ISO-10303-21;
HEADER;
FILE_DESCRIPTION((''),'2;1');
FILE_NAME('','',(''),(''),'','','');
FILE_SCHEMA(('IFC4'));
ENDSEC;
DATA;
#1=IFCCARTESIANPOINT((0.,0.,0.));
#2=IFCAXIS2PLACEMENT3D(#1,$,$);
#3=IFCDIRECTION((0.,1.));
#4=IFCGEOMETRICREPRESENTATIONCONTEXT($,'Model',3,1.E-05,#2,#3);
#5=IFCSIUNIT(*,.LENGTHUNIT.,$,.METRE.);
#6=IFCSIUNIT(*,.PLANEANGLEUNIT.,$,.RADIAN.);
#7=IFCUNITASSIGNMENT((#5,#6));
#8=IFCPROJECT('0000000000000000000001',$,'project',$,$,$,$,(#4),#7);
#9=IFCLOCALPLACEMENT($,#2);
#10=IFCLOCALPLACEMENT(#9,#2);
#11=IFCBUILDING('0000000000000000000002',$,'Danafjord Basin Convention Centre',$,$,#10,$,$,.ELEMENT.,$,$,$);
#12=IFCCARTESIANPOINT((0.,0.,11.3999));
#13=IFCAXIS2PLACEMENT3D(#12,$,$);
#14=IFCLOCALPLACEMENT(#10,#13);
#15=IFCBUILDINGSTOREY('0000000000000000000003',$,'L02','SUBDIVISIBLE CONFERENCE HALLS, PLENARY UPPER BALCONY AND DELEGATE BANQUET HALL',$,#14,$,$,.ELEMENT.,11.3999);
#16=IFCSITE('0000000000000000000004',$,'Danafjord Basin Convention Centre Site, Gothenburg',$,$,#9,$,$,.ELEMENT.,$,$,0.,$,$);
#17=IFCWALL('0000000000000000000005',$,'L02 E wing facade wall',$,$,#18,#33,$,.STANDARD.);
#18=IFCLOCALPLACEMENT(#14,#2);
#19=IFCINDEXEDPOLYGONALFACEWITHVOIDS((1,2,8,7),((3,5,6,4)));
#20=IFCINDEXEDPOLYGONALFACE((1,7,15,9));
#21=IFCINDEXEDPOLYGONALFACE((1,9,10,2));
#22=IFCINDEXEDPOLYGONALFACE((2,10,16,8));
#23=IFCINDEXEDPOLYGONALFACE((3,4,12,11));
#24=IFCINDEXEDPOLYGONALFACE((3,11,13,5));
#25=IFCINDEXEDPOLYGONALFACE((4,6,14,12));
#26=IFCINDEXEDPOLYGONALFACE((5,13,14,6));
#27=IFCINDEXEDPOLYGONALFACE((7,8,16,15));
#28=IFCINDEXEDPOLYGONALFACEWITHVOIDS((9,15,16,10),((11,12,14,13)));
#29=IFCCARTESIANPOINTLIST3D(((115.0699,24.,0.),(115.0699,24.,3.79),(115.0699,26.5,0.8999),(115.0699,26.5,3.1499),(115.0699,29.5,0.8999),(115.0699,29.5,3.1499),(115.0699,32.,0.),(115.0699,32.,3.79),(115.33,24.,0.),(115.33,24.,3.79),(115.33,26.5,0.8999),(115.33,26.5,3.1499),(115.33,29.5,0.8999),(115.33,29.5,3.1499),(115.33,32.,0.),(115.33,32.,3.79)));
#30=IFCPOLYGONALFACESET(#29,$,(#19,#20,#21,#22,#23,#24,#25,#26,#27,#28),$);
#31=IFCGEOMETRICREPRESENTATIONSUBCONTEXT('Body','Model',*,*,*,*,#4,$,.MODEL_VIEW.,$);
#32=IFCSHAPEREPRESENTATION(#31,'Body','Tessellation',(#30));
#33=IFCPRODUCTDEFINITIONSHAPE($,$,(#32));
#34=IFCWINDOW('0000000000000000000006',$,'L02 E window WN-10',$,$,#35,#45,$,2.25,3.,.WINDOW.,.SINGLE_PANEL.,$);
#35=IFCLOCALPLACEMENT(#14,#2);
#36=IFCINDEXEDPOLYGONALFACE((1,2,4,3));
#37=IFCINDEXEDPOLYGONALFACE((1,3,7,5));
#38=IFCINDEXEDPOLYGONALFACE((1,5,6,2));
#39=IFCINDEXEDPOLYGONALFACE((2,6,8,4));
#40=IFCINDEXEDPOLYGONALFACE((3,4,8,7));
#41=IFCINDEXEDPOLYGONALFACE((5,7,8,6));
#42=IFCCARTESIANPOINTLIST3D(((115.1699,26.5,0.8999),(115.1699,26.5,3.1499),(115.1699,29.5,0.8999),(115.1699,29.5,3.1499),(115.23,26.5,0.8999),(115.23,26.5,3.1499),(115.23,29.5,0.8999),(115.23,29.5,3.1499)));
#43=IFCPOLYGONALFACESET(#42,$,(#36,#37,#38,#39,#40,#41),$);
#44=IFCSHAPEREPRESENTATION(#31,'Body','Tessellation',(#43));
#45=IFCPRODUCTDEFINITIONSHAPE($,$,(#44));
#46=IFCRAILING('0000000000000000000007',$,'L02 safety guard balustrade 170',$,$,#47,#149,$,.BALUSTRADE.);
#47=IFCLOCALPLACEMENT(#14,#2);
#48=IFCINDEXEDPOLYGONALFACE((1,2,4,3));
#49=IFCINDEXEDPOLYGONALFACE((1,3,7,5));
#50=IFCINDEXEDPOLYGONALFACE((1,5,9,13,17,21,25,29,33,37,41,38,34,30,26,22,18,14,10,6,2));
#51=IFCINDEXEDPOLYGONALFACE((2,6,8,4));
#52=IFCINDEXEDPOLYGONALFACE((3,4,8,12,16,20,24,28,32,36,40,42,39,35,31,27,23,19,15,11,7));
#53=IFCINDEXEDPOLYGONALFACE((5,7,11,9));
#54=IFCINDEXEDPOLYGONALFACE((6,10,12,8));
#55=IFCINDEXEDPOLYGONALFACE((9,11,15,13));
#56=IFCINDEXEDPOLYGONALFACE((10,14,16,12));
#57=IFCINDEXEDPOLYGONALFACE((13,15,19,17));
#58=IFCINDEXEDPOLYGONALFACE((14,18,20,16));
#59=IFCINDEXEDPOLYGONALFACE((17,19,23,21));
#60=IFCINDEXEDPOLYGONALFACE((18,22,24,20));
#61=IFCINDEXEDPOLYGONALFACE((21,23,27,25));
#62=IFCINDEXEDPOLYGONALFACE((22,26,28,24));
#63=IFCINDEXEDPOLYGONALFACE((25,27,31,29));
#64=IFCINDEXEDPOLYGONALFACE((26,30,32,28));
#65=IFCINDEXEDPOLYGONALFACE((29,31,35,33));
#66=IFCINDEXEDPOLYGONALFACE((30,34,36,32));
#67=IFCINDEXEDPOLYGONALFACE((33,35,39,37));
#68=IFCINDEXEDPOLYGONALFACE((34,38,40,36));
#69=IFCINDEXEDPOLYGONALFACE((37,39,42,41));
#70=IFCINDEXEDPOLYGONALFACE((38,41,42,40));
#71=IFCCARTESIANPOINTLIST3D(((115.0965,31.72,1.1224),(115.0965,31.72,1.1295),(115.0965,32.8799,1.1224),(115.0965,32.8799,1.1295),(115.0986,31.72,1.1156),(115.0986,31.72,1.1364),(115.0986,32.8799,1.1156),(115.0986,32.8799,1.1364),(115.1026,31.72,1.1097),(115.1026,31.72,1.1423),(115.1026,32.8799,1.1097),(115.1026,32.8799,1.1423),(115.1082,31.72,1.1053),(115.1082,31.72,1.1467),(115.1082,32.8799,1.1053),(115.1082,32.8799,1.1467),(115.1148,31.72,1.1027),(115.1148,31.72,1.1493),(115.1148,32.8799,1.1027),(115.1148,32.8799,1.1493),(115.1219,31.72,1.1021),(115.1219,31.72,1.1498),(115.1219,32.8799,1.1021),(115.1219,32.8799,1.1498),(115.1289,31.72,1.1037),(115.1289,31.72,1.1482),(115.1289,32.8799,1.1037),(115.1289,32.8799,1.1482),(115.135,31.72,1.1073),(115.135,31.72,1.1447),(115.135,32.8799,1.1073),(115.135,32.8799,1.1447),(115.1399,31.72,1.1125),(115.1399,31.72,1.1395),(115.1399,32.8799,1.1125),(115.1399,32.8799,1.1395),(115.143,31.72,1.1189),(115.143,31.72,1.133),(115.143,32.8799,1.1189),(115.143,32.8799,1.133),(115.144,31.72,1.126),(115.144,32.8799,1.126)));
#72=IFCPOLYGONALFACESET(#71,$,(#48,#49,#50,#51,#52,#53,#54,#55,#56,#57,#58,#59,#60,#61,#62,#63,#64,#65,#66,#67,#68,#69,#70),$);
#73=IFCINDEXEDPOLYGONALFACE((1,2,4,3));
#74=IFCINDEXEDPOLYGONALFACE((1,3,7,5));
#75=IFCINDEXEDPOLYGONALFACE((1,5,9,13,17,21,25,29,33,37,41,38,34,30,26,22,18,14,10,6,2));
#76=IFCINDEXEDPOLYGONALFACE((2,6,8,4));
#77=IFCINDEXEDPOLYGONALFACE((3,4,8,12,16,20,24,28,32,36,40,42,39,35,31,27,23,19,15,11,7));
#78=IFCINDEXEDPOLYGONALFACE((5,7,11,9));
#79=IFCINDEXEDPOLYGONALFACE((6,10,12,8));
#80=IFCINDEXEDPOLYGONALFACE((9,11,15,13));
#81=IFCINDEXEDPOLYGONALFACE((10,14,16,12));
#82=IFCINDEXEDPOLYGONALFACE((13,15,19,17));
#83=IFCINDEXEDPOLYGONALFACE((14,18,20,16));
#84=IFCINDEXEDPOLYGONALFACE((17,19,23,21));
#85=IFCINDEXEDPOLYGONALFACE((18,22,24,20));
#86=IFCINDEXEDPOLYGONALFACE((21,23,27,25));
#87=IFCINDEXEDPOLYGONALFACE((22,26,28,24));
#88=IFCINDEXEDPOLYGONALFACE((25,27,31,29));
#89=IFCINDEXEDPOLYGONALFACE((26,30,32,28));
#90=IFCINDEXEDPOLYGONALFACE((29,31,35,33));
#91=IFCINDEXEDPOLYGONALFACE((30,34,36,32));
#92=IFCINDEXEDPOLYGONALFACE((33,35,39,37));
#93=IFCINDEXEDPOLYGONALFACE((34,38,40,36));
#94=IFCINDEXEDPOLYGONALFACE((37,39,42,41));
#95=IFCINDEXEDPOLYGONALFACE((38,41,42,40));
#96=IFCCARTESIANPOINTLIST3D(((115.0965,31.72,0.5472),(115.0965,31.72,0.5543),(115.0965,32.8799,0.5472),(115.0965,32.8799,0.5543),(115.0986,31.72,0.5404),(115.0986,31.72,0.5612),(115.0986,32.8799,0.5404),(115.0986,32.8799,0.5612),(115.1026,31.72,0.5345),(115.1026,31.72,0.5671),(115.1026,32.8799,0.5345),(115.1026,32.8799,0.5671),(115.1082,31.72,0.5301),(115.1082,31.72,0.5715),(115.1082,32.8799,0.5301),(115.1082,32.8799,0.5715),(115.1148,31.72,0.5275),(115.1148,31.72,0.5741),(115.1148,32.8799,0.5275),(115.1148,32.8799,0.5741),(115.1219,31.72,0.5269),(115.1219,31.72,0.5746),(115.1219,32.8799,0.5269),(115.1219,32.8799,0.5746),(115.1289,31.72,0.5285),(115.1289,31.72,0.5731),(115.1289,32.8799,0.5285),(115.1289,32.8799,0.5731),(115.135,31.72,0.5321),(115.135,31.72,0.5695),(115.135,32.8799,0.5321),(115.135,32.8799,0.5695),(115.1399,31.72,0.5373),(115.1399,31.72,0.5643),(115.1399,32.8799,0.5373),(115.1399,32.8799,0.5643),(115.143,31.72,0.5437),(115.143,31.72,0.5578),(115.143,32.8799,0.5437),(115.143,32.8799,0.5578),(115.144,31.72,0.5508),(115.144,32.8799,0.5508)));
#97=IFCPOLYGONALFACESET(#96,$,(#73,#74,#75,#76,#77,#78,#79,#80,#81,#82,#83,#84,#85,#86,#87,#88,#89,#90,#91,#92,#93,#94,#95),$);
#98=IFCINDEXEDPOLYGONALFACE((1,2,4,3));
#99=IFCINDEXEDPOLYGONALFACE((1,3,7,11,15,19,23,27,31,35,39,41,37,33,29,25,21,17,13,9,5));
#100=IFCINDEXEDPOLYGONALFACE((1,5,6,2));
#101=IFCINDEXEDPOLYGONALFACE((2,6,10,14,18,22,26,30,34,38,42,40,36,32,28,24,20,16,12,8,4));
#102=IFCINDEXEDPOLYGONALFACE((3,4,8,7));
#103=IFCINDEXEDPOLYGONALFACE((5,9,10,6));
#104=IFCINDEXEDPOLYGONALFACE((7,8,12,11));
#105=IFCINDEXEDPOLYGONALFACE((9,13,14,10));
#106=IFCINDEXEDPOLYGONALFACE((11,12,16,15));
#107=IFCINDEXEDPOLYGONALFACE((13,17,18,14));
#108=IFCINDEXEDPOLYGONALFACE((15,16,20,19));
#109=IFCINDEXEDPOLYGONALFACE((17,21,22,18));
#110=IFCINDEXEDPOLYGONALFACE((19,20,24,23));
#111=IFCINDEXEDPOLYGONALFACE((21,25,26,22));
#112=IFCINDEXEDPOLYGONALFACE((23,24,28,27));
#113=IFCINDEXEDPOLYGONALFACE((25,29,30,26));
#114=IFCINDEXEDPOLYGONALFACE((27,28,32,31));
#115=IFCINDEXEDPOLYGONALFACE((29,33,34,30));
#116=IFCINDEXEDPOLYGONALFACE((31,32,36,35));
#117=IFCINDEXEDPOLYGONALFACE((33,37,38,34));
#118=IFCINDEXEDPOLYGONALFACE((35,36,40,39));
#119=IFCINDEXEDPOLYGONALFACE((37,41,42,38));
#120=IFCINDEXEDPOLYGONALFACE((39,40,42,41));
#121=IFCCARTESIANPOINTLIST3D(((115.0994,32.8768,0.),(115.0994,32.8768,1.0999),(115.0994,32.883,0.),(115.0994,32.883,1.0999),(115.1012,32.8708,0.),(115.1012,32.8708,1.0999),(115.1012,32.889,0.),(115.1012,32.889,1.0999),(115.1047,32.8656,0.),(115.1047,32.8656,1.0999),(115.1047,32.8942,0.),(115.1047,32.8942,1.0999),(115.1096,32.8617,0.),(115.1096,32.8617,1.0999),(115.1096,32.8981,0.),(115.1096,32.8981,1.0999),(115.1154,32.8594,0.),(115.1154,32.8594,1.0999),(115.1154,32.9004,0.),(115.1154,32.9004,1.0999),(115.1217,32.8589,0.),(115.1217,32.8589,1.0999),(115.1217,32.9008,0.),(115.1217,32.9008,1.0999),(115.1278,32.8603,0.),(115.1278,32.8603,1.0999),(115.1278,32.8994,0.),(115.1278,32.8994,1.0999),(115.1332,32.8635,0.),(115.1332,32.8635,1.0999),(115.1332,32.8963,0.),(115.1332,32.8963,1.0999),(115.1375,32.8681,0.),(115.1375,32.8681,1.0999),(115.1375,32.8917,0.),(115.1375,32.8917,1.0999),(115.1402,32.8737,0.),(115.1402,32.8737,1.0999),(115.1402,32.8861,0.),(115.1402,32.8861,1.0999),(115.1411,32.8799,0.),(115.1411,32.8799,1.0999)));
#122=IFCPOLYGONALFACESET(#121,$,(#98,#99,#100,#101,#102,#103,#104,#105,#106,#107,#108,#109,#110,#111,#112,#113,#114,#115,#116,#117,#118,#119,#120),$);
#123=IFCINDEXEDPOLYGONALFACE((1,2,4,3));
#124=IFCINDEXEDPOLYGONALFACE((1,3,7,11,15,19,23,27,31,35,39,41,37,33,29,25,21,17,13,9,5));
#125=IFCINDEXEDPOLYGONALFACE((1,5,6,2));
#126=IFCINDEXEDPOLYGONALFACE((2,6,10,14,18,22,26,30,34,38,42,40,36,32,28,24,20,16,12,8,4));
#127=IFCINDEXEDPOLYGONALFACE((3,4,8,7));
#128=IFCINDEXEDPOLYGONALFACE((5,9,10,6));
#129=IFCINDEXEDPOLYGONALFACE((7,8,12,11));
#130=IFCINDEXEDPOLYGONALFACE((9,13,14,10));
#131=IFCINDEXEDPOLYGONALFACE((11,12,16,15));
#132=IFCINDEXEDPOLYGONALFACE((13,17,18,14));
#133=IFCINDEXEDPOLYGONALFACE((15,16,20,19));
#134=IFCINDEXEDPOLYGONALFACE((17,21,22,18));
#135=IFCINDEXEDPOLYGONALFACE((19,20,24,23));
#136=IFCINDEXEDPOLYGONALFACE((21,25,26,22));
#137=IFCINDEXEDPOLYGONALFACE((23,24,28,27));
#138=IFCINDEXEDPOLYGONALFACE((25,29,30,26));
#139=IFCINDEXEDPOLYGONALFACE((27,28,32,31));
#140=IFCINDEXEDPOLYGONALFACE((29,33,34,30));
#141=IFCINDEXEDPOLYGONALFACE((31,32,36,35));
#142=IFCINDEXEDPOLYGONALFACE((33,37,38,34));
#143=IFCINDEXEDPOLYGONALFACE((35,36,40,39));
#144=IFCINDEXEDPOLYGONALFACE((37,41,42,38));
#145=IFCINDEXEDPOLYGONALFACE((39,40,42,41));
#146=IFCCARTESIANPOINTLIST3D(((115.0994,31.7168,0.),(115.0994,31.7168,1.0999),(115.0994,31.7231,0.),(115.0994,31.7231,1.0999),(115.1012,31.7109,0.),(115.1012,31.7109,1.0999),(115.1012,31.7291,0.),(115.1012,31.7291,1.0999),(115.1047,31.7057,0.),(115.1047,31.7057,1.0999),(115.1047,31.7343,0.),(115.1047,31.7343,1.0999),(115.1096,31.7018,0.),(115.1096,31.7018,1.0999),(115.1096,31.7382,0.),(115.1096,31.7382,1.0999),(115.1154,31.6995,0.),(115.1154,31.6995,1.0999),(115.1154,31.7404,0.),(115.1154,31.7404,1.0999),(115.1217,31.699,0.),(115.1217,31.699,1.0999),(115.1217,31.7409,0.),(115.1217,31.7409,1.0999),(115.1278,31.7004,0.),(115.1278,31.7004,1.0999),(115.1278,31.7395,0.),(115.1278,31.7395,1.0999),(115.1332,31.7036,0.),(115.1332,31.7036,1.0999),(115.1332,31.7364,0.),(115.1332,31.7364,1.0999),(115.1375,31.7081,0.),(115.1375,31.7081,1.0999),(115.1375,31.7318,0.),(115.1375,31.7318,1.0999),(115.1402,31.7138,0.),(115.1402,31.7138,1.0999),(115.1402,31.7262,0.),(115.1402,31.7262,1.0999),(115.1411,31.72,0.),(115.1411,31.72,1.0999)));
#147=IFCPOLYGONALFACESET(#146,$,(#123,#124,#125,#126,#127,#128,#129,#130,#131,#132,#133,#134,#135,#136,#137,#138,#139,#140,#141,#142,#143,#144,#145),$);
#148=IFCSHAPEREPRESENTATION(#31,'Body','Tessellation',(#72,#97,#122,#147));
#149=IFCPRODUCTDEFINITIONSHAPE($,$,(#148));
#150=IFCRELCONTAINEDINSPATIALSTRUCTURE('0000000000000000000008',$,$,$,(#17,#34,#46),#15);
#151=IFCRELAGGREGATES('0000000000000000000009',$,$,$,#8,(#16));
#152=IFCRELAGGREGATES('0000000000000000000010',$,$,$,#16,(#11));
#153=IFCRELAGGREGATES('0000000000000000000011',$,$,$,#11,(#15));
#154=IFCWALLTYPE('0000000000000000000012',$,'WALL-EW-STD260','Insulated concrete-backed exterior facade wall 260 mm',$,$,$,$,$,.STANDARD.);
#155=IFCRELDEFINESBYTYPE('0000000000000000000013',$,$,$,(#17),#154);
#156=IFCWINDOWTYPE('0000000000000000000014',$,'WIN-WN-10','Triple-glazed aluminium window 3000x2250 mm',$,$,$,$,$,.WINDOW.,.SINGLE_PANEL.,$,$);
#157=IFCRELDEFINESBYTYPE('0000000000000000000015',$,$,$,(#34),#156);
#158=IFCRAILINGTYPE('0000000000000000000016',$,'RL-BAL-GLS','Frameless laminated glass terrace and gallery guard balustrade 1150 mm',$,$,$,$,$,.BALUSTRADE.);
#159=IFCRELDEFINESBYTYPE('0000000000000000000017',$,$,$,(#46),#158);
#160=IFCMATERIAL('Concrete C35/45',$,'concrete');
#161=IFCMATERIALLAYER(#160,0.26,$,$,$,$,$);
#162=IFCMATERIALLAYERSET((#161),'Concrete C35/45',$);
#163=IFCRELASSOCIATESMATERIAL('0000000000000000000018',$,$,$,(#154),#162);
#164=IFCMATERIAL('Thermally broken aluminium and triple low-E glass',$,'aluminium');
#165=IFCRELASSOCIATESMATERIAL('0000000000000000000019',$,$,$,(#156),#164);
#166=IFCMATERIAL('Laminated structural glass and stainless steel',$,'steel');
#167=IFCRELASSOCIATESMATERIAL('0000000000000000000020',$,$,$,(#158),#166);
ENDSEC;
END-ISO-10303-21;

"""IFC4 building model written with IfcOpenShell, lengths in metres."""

from ifc_helpers import new_model, si_unit, direction, frame, frame_2d, origin, origin_2d, place, context, subcontext, project, spatial, rectangle, circle, extrude, material, layer, layer_set, type_object, element, fill, save


model = new_model("IFC4")

# Units and contexts
model_context = context("Model", 3, precision=1e-05, world=origin(), true_north=direction((0.0, 1.0)))
body_context = subcontext(model_context, "Body", "Model", "MODEL_VIEW")
ifc_project = project(units=[si_unit("LENGTHUNIT", "METRE"), si_unit("PLANEANGLEUNIT", "RADIAN")], contexts=[model_context])

# Site, building, storey
site_placement = place(None, origin())
site = spatial("IfcSite", under=ifc_project, at=site_placement, Name="Danafjord Basin Convention Centre Site, Gothenburg", CompositionType="ELEMENT", RefElevation=0.0)
building_placement = place(site_placement, origin())
building = spatial("IfcBuilding", under=site, at=building_placement, Name="Danafjord Basin Convention Centre", CompositionType="ELEMENT")
storey_placement = place(building_placement, frame((0.0, 0.0, 11.3999)))
storey = spatial("IfcBuildingStorey", under=building, at=storey_placement, Name="L02", Description="SUBDIVISIBLE CONFERENCE HALLS, PLENARY UPPER BALCONY AND DELEGATE BANQUET HALL", CompositionType="ELEMENT", Elevation=11.3999)

# Wall, opening, window
ifc_material_1 = material(Name="Concrete C35/45", Category="concrete")
ifc_layer_1 = layer(ifc_material_1, 0.26)
ifc_layer_set_1 = layer_set([ifc_layer_1], Name="Concrete C35/45")
wall_type = type_object("IfcWallType", Name="WALL-EW-STD260", Description="Insulated concrete-backed exterior facade wall 260 mm", PredefinedType="STANDARD", material=ifc_layer_set_1)
wall_placement = place(storey_placement, frame((115.2, 24.0, 0.0), z_axis=(0.0, 0.0, 1.0), x_axis=(0.0, 1.0, 0.0)))
wall = element("IfcWall", 1, at=wall_placement, inside=storey, type_object=wall_type, Name="L02 E wing facade wall", PredefinedType="STANDARD", context=body_context, shape_type="SweptSolid", body=[
    extrude(rectangle(XDim=8.0, YDim=0.26, at=frame_2d((4.0, 0.0))), origin(), (0.0, 0.0, 1.0), 3.79),
])
opening_placement = place(wall_placement, frame((2.5, 0.0, 0.8999)))
opening = element("IfcOpeningElement", 2, at=opening_placement, cuts=wall, PredefinedType="OPENING", context=body_context, shape_type="SweptSolid", body=[
    extrude(rectangle(XDim=3.0, YDim=2.25, at=frame_2d((1.5, 1.125))), frame((0.0, 0.1399, 0.0), z_axis=(0.0, -1.0, 0.0), x_axis=(1.0, 0.0, 0.0)), (0.0, 0.0, 1.0), 0.28),
])
ifc_material_2 = material(Name="Thermally broken aluminium and triple low-E glass", Category="aluminium")
window_type = type_object("IfcWindowType", Name="WIN-WN-10", Description="Triple-glazed aluminium window 3000x2250 mm", PartitioningType="SINGLE_PANEL", PredefinedType="WINDOW", material=ifc_material_2)
window_placement = place(opening_placement, origin())
window = element("IfcWindow", 3, at=window_placement, inside=storey, type_object=window_type, Name="L02 E window WN-10", OverallHeight=2.25, OverallWidth=3.0, PartitioningType="SINGLE_PANEL", PredefinedType="WINDOW", context=body_context, shape_type="SweptSolid", body=[
    extrude(rectangle(XDim=3.0, YDim=2.25, at=frame_2d((1.5, 1.125))), frame((0.0, 0.03, 0.0), z_axis=(0.0, -1.0, 0.0), x_axis=(1.0, 0.0, 0.0)), (0.0, 0.0, 1.0), 0.0601),
])
fill(opening, window)

# Railing
ifc_material_3 = material(Name="Laminated structural glass and stainless steel", Category="steel")
railing_type = type_object("IfcRailingType", Name="RL-BAL-GLS", Description="Frameless laminated glass terrace and gallery guard balustrade 1150 mm", PredefinedType="BALUSTRADE", material=ifc_material_3)
for number, where, name in (
    (4, (115.1201, 32.8799, 0.0), "L02 safety guard balustrade 170"),
):
    element("IfcRailing", number, at=place(storey_placement, frame(where)), inside=storey, type_object=railing_type, Name=name, PredefinedType="BALUSTRADE", context=body_context, shape_type="SweptSolid", body=[
        extrude(circle(Radius=0.0239, at=origin_2d()), frame((0.0, 0.0, 1.126), z_axis=(0.0, -1.0, 0.0), x_axis=(1.0, 0.0, 0.0)), (0.0, 0.0, 1.0), 1.1599),
        extrude(circle(Radius=0.0239, at=origin_2d()), frame((0.0, 0.0, 0.5508), z_axis=(0.0, -1.0, 0.0), x_axis=(1.0, 0.0, 0.0)), (0.0, 0.0, 1.0), 1.1599),
        extrude(circle(Radius=0.021, at=origin_2d()), origin(), (0.0, 0.0, 1.0), 1.0999),
        extrude(circle(Radius=0.021, at=origin_2d()), frame((0.0, -1.1599, 0.0)), (0.0, 0.0, 1.0), 1.0999),
    ])

save(model, "model.ifc")
